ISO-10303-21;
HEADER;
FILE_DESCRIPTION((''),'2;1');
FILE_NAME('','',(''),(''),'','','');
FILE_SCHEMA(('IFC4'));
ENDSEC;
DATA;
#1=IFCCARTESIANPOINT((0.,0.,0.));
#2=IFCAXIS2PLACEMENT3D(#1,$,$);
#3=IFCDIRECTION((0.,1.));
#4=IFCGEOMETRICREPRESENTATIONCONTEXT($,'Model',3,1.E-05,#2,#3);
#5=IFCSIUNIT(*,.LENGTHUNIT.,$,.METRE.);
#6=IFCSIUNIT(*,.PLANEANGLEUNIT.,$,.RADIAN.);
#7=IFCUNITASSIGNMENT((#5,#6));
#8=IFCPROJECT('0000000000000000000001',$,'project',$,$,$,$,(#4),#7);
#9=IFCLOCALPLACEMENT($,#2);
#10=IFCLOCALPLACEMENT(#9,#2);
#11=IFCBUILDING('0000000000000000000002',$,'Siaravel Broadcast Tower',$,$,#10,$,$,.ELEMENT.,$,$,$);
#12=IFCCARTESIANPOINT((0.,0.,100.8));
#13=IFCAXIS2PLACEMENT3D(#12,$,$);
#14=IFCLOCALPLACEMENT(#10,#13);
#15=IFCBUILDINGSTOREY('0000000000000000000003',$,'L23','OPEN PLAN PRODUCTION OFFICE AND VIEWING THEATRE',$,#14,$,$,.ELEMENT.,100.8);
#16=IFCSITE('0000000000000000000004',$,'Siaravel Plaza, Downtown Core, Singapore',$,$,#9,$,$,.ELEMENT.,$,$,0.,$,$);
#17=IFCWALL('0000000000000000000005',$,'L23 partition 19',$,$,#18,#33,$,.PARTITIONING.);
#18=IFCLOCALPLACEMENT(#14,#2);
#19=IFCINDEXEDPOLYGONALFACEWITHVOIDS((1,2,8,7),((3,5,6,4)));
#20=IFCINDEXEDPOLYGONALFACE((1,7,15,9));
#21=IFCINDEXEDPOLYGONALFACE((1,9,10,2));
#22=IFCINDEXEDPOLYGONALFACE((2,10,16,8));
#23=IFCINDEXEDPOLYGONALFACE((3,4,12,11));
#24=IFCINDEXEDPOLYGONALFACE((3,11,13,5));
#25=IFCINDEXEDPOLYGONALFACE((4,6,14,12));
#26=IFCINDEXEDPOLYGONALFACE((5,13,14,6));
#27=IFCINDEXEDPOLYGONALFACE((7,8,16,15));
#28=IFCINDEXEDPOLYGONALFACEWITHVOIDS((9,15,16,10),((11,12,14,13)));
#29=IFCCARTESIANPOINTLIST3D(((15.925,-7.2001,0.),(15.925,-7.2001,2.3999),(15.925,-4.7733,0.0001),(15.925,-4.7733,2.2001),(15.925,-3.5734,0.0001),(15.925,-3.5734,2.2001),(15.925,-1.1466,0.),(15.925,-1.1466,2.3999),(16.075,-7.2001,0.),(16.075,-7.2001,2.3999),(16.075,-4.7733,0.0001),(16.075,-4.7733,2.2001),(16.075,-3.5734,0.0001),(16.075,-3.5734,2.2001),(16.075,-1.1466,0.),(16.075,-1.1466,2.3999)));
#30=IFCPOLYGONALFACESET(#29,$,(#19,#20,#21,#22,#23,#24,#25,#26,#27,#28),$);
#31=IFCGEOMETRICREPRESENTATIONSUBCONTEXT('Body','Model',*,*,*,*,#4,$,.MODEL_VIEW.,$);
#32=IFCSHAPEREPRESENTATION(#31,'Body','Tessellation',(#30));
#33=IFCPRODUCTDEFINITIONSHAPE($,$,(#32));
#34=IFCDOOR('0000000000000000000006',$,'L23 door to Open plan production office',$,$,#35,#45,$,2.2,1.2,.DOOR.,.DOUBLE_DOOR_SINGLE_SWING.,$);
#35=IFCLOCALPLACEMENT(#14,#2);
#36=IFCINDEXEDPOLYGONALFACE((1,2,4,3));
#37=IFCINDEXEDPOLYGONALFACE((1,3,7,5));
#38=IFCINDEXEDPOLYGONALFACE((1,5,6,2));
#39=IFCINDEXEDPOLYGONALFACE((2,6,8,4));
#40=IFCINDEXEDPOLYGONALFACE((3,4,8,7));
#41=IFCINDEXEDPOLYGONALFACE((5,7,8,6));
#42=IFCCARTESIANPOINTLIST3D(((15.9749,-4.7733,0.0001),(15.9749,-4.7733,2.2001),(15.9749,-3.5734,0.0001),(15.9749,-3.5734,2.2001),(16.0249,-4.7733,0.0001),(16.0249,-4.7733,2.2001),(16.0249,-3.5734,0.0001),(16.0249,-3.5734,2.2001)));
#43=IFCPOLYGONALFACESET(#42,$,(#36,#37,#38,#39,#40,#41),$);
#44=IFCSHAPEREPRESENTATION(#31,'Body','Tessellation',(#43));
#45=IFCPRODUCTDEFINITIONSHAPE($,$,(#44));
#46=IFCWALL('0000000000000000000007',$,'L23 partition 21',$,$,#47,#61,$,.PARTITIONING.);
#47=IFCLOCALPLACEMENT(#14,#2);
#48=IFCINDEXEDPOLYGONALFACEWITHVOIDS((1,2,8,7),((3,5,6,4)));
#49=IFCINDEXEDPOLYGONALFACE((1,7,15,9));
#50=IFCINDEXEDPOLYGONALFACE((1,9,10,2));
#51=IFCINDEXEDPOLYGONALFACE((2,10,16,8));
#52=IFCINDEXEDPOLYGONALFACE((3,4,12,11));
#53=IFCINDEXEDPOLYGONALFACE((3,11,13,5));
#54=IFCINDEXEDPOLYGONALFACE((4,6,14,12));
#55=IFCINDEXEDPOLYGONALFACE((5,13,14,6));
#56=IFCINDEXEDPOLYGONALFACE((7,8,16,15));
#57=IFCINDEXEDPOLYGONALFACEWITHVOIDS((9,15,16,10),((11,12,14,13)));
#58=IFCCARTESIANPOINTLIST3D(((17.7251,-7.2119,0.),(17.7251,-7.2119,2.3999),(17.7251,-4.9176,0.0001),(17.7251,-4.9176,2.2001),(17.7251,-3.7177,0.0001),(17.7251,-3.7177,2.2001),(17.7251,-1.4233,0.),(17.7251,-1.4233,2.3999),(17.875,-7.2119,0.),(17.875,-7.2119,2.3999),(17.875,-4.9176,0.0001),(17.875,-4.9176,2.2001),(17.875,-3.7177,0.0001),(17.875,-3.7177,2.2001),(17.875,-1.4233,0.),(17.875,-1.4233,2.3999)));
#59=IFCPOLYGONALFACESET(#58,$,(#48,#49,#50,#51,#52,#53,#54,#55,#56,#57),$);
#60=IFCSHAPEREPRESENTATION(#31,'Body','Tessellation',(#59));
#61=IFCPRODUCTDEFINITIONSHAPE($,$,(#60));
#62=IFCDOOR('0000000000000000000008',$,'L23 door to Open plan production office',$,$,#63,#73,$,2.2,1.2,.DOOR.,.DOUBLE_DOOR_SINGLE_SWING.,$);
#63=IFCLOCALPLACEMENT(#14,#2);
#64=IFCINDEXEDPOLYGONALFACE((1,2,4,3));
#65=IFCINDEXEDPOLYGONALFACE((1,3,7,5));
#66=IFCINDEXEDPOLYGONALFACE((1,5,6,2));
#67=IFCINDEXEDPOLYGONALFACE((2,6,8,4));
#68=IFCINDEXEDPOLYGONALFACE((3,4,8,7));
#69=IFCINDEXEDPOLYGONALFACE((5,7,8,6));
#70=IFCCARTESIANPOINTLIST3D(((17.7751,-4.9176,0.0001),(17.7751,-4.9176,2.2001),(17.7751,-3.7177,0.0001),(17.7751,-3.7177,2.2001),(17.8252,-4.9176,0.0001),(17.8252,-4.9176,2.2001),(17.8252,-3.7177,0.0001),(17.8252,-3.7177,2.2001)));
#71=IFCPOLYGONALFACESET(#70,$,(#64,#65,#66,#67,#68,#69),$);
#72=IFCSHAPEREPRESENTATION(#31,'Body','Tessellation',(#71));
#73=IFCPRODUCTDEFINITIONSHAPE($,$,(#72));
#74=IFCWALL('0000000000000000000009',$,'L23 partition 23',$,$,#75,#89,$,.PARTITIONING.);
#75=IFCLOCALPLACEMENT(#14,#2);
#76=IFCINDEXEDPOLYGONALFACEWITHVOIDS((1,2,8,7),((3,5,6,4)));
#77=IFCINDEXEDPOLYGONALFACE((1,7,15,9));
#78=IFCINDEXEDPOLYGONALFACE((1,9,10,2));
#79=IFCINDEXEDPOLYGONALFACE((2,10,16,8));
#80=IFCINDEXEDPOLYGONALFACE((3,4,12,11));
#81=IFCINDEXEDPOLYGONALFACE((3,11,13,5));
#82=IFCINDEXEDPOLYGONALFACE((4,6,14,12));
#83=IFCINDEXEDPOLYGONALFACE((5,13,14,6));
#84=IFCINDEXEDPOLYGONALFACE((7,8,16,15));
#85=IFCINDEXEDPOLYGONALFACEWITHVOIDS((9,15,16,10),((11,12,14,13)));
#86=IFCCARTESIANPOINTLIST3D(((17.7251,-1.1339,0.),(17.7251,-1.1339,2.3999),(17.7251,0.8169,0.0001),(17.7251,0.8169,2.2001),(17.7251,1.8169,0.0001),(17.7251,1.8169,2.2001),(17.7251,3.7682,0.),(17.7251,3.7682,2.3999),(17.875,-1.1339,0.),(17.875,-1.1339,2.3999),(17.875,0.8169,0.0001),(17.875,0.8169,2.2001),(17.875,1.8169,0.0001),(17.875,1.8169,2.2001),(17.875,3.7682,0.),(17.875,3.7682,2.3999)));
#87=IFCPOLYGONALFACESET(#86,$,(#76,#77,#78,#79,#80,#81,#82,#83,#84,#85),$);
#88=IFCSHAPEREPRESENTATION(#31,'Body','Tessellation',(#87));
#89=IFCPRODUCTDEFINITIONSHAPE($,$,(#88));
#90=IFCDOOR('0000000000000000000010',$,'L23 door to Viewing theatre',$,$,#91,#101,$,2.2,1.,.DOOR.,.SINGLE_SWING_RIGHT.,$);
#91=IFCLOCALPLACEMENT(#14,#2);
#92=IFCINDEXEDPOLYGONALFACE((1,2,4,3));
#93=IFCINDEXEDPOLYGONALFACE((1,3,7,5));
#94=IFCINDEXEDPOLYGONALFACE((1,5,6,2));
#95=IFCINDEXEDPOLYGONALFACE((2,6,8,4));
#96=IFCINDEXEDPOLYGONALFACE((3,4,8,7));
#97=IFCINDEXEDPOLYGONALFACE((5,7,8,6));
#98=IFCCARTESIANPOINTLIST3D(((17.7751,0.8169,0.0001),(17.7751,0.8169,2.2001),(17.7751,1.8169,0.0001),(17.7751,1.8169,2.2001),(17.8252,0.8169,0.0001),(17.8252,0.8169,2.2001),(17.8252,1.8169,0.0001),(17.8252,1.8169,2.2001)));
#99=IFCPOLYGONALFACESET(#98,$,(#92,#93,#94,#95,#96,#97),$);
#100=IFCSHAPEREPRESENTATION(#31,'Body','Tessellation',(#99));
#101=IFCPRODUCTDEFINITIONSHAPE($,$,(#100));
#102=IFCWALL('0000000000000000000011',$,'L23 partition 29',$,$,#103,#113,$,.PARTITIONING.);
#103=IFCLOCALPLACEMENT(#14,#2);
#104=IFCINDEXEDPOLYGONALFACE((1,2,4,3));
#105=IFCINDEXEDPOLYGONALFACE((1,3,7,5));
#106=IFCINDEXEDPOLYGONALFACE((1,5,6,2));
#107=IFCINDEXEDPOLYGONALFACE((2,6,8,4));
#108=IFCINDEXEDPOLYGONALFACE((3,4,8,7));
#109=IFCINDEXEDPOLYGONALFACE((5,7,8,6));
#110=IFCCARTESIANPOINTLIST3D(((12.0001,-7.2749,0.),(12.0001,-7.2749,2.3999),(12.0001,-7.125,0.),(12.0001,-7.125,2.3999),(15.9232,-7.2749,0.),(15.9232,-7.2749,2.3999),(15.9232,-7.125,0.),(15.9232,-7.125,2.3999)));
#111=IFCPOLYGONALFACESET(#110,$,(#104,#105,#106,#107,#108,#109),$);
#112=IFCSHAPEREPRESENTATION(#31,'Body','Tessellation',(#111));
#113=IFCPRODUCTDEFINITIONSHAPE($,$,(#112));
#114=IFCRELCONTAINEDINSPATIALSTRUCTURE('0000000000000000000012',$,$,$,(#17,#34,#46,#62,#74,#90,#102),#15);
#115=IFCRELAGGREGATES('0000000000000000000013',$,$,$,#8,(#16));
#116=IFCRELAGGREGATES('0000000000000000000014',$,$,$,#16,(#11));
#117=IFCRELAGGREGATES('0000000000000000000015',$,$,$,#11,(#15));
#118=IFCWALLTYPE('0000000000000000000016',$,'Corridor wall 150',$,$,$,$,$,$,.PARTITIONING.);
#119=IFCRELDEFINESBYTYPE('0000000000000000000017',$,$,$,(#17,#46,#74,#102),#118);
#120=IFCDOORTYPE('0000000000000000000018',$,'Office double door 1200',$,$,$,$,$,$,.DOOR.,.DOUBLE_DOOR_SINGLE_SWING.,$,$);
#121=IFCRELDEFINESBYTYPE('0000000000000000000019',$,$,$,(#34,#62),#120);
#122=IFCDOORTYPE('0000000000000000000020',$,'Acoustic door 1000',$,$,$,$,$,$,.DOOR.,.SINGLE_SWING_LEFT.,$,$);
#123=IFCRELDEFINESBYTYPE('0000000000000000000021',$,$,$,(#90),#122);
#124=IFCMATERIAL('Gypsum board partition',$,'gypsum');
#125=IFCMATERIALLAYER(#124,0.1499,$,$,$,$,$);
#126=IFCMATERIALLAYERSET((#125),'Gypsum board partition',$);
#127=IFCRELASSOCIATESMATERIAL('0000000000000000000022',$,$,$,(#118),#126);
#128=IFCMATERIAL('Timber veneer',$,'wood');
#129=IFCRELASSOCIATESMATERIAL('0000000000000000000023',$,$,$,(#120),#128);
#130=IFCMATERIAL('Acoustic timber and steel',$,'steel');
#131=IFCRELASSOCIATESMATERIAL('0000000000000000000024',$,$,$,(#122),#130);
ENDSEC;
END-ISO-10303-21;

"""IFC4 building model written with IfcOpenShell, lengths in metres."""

from ifc_helpers import new_model, si_unit, direction, frame, frame_2d, origin, place, context, subcontext, project, spatial, rectangle, extrude, material, layer, layer_set, type_object, element, fill, save


model = new_model("IFC4")

# Units and contexts
model_context = context("Model", 3, precision=1e-05, world=origin(), true_north=direction((0.0, 1.0)))
body_context = subcontext(model_context, "Body", "Model", "MODEL_VIEW")
ifc_project = project(units=[si_unit("LENGTHUNIT", "METRE"), si_unit("PLANEANGLEUNIT", "RADIAN")], contexts=[model_context])

# Site, building, storey
site_placement = place(None, origin())
site = spatial("IfcSite", under=ifc_project, at=site_placement, Name="Siaravel Plaza, Downtown Core, Singapore", CompositionType="ELEMENT", RefElevation=0.0)
building_placement = place(site_placement, origin())
building = spatial("IfcBuilding", under=site, at=building_placement, Name="Siaravel Broadcast Tower", CompositionType="ELEMENT")
storey_placement = place(building_placement, frame((0.0, 0.0, 100.8)))
storey = spatial("IfcBuildingStorey", under=building, at=storey_placement, Name="L23", Description="OPEN PLAN PRODUCTION OFFICE AND VIEWING THEATRE", CompositionType="ELEMENT", Elevation=100.8)

# Walls, openings, doors
ifc_material_1 = material(Name="Gypsum board partition", Category="gypsum")
ifc_layer_1 = layer(ifc_material_1, 0.1499)
ifc_layer_set_1 = layer_set([ifc_layer_1], Name="Gypsum board partition")
wall_type_1 = type_object("IfcWallType", Name="Corridor wall 150", PredefinedType="PARTITIONING", material=ifc_layer_set_1)
wall_1_placement = place(storey_placement, frame((16.0, -1.1465, 0.0), z_axis=(0.0, 0.0, 1.0), x_axis=(0.0, -1.0, 0.0)))
wall_1 = element("IfcWall", 1, at=wall_1_placement, inside=storey, type_object=wall_type_1, Name="L23 partition 19", PredefinedType="PARTITIONING", context=body_context, shape_type="SweptSolid", body=[
    extrude(rectangle(XDim=6.0535, YDim=0.1499, at=frame_2d((3.0269, 0.0))), origin(), (0.0, 0.0, 1.0), 2.3999),
])
opening_1_placement = place(wall_1_placement, frame((2.4268, 0.0, 0.0)))
opening_1 = element("IfcOpeningElement", 2, at=opening_1_placement, cuts=wall_1, PredefinedType="OPENING", context=body_context, shape_type="SweptSolid", body=[
    extrude(rectangle(XDim=1.2, YDim=2.2, at=frame_2d((0.6001, 1.1001))), frame((0.0, 0.085, 0.0), z_axis=(0.0, -1.0, 0.0), x_axis=(1.0, 0.0, 0.0)), (0.0, 0.0, 1.0), 0.1699),
])
ifc_material_2 = material(Name="Timber veneer", Category="wood")
door_type_1 = type_object("IfcDoorType", Name="Office double door 1200", OperationType="DOUBLE_DOOR_SINGLE_SWING", PredefinedType="DOOR", material=ifc_material_2)
door_1_placement = place(opening_1_placement, origin())
door_1 = element("IfcDoor", 3, at=door_1_placement, inside=storey, type_object=door_type_1, Name="L23 door to Open plan production office", OperationType="DOUBLE_DOOR_SINGLE_SWING", OverallHeight=2.2, OverallWidth=1.2, PredefinedType="DOOR", context=body_context, shape_type="SweptSolid", body=[
    extrude(rectangle(XDim=1.2, YDim=2.2, at=frame_2d((0.6001, 1.1001))), frame((0.0, 0.0249, 0.0), z_axis=(0.0, -1.0, 0.0), x_axis=(1.0, 0.0, 0.0)), (0.0, 0.0, 1.0), 0.05),
])
fill(opening_1, door_1)
wall_2_placement = place(storey_placement, frame((17.8, -7.2119, 0.0), z_axis=(0.0, 0.0, 1.0), x_axis=(0.0, 1.0, 0.0)))
wall_2 = element("IfcWall", 4, at=wall_2_placement, inside=storey, type_object=wall_type_1, Name="L23 partition 21", PredefinedType="PARTITIONING", context=body_context, shape_type="SweptSolid", body=[
    extrude(rectangle(XDim=5.7886, YDim=0.1499, at=frame_2d((2.8943, 0.0))), origin(), (0.0, 0.0, 1.0), 2.3999),
])
opening_2_placement = place(wall_2_placement, frame((2.2942, 0.0, 0.0)))
opening_2 = element("IfcOpeningElement", 5, at=opening_2_placement, cuts=wall_2, PredefinedType="OPENING", context=body_context, shape_type="SweptSolid", body=[
    extrude(rectangle(XDim=1.2, YDim=2.2, at=frame_2d((0.6001, 1.1001))), frame((0.0, 0.085, 0.0), z_axis=(0.0, -1.0, 0.0), x_axis=(1.0, 0.0, 0.0)), (0.0, 0.0, 1.0), 0.1699),
])
door_2_placement = place(opening_2_placement, origin())
door_2 = element("IfcDoor", 6, at=door_2_placement, inside=storey, type_object=door_type_1, Name="L23 door to Open plan production office", OperationType="DOUBLE_DOOR_SINGLE_SWING", OverallHeight=2.2, OverallWidth=1.2, PredefinedType="DOOR", context=body_context, shape_type="SweptSolid", body=[
    extrude(rectangle(XDim=1.2, YDim=2.2, at=frame_2d((0.6001, 1.1001))), frame((0.0, 0.0249, 0.0), z_axis=(0.0, -1.0, 0.0), x_axis=(1.0, 0.0, 0.0)), (0.0, 0.0, 1.0), 0.05),
])
fill(opening_2, door_2)
wall_3_placement = place(storey_placement, frame((17.8, -1.134, 0.0), z_axis=(0.0, 0.0, 1.0), x_axis=(0.0, 1.0, 0.0)))
wall_3 = element("IfcWall", 7, at=wall_3_placement, inside=storey, type_object=wall_type_1, Name="L23 partition 23", PredefinedType="PARTITIONING", context=body_context, shape_type="SweptSolid", body=[
    extrude(rectangle(XDim=4.9021, YDim=0.1499, at=frame_2d((2.4512, 0.0))), origin(), (0.0, 0.0, 1.0), 2.3999),
])
opening_3_placement = place(wall_3_placement, frame((1.9509, 0.0, 0.0)))
opening_3 = element("IfcOpeningElement", 8, at=opening_3_placement, cuts=wall_3, PredefinedType="OPENING", context=body_context, shape_type="SweptSolid", body=[
    extrude(rectangle(XDim=1.0, YDim=2.2, at=frame_2d((0.5, 1.1001))), frame((0.0, 0.085, 0.0), z_axis=(0.0, -1.0, 0.0), x_axis=(1.0, 0.0, 0.0)), (0.0, 0.0, 1.0), 0.1699),
])
ifc_material_3 = material(Name="Acoustic timber and steel", Category="steel")
door_type_2 = type_object("IfcDoorType", Name="Acoustic door 1000", OperationType="SINGLE_SWING_LEFT", PredefinedType="DOOR", material=ifc_material_3)
door_3_placement = place(opening_3_placement, origin())
door_3 = element("IfcDoor", 9, at=door_3_placement, inside=storey, type_object=door_type_2, Name="L23 door to Viewing theatre", OperationType="SINGLE_SWING_RIGHT", OverallHeight=2.2, OverallWidth=1.0, PredefinedType="DOOR", context=body_context, shape_type="SweptSolid", body=[
    extrude(rectangle(XDim=1.0, YDim=2.2, at=frame_2d((0.5, 1.1001))), frame((0.0, 0.0249, 0.0), z_axis=(0.0, -1.0, 0.0), x_axis=(1.0, 0.0, 0.0)), (0.0, 0.0, 1.0), 0.05),
])
fill(opening_3, door_3)

# Wall
wall_4_placement = place(storey_placement, frame((15.9231, -7.2, 0.0), z_axis=(0.0, 0.0, 1.0), x_axis=(-1.0, 0.0, 0.0)))
element("IfcWall", 10, at=wall_4_placement, inside=storey, type_object=wall_type_1, Name="L23 partition 29", PredefinedType="PARTITIONING", context=body_context, shape_type="SweptSolid", body=[
    extrude(rectangle(XDim=3.9231, YDim=0.1499, at=frame_2d((1.9614, 0.0))), origin(), (0.0, 0.0, 1.0), 2.3999),
])

save(model, "model.ifc")
